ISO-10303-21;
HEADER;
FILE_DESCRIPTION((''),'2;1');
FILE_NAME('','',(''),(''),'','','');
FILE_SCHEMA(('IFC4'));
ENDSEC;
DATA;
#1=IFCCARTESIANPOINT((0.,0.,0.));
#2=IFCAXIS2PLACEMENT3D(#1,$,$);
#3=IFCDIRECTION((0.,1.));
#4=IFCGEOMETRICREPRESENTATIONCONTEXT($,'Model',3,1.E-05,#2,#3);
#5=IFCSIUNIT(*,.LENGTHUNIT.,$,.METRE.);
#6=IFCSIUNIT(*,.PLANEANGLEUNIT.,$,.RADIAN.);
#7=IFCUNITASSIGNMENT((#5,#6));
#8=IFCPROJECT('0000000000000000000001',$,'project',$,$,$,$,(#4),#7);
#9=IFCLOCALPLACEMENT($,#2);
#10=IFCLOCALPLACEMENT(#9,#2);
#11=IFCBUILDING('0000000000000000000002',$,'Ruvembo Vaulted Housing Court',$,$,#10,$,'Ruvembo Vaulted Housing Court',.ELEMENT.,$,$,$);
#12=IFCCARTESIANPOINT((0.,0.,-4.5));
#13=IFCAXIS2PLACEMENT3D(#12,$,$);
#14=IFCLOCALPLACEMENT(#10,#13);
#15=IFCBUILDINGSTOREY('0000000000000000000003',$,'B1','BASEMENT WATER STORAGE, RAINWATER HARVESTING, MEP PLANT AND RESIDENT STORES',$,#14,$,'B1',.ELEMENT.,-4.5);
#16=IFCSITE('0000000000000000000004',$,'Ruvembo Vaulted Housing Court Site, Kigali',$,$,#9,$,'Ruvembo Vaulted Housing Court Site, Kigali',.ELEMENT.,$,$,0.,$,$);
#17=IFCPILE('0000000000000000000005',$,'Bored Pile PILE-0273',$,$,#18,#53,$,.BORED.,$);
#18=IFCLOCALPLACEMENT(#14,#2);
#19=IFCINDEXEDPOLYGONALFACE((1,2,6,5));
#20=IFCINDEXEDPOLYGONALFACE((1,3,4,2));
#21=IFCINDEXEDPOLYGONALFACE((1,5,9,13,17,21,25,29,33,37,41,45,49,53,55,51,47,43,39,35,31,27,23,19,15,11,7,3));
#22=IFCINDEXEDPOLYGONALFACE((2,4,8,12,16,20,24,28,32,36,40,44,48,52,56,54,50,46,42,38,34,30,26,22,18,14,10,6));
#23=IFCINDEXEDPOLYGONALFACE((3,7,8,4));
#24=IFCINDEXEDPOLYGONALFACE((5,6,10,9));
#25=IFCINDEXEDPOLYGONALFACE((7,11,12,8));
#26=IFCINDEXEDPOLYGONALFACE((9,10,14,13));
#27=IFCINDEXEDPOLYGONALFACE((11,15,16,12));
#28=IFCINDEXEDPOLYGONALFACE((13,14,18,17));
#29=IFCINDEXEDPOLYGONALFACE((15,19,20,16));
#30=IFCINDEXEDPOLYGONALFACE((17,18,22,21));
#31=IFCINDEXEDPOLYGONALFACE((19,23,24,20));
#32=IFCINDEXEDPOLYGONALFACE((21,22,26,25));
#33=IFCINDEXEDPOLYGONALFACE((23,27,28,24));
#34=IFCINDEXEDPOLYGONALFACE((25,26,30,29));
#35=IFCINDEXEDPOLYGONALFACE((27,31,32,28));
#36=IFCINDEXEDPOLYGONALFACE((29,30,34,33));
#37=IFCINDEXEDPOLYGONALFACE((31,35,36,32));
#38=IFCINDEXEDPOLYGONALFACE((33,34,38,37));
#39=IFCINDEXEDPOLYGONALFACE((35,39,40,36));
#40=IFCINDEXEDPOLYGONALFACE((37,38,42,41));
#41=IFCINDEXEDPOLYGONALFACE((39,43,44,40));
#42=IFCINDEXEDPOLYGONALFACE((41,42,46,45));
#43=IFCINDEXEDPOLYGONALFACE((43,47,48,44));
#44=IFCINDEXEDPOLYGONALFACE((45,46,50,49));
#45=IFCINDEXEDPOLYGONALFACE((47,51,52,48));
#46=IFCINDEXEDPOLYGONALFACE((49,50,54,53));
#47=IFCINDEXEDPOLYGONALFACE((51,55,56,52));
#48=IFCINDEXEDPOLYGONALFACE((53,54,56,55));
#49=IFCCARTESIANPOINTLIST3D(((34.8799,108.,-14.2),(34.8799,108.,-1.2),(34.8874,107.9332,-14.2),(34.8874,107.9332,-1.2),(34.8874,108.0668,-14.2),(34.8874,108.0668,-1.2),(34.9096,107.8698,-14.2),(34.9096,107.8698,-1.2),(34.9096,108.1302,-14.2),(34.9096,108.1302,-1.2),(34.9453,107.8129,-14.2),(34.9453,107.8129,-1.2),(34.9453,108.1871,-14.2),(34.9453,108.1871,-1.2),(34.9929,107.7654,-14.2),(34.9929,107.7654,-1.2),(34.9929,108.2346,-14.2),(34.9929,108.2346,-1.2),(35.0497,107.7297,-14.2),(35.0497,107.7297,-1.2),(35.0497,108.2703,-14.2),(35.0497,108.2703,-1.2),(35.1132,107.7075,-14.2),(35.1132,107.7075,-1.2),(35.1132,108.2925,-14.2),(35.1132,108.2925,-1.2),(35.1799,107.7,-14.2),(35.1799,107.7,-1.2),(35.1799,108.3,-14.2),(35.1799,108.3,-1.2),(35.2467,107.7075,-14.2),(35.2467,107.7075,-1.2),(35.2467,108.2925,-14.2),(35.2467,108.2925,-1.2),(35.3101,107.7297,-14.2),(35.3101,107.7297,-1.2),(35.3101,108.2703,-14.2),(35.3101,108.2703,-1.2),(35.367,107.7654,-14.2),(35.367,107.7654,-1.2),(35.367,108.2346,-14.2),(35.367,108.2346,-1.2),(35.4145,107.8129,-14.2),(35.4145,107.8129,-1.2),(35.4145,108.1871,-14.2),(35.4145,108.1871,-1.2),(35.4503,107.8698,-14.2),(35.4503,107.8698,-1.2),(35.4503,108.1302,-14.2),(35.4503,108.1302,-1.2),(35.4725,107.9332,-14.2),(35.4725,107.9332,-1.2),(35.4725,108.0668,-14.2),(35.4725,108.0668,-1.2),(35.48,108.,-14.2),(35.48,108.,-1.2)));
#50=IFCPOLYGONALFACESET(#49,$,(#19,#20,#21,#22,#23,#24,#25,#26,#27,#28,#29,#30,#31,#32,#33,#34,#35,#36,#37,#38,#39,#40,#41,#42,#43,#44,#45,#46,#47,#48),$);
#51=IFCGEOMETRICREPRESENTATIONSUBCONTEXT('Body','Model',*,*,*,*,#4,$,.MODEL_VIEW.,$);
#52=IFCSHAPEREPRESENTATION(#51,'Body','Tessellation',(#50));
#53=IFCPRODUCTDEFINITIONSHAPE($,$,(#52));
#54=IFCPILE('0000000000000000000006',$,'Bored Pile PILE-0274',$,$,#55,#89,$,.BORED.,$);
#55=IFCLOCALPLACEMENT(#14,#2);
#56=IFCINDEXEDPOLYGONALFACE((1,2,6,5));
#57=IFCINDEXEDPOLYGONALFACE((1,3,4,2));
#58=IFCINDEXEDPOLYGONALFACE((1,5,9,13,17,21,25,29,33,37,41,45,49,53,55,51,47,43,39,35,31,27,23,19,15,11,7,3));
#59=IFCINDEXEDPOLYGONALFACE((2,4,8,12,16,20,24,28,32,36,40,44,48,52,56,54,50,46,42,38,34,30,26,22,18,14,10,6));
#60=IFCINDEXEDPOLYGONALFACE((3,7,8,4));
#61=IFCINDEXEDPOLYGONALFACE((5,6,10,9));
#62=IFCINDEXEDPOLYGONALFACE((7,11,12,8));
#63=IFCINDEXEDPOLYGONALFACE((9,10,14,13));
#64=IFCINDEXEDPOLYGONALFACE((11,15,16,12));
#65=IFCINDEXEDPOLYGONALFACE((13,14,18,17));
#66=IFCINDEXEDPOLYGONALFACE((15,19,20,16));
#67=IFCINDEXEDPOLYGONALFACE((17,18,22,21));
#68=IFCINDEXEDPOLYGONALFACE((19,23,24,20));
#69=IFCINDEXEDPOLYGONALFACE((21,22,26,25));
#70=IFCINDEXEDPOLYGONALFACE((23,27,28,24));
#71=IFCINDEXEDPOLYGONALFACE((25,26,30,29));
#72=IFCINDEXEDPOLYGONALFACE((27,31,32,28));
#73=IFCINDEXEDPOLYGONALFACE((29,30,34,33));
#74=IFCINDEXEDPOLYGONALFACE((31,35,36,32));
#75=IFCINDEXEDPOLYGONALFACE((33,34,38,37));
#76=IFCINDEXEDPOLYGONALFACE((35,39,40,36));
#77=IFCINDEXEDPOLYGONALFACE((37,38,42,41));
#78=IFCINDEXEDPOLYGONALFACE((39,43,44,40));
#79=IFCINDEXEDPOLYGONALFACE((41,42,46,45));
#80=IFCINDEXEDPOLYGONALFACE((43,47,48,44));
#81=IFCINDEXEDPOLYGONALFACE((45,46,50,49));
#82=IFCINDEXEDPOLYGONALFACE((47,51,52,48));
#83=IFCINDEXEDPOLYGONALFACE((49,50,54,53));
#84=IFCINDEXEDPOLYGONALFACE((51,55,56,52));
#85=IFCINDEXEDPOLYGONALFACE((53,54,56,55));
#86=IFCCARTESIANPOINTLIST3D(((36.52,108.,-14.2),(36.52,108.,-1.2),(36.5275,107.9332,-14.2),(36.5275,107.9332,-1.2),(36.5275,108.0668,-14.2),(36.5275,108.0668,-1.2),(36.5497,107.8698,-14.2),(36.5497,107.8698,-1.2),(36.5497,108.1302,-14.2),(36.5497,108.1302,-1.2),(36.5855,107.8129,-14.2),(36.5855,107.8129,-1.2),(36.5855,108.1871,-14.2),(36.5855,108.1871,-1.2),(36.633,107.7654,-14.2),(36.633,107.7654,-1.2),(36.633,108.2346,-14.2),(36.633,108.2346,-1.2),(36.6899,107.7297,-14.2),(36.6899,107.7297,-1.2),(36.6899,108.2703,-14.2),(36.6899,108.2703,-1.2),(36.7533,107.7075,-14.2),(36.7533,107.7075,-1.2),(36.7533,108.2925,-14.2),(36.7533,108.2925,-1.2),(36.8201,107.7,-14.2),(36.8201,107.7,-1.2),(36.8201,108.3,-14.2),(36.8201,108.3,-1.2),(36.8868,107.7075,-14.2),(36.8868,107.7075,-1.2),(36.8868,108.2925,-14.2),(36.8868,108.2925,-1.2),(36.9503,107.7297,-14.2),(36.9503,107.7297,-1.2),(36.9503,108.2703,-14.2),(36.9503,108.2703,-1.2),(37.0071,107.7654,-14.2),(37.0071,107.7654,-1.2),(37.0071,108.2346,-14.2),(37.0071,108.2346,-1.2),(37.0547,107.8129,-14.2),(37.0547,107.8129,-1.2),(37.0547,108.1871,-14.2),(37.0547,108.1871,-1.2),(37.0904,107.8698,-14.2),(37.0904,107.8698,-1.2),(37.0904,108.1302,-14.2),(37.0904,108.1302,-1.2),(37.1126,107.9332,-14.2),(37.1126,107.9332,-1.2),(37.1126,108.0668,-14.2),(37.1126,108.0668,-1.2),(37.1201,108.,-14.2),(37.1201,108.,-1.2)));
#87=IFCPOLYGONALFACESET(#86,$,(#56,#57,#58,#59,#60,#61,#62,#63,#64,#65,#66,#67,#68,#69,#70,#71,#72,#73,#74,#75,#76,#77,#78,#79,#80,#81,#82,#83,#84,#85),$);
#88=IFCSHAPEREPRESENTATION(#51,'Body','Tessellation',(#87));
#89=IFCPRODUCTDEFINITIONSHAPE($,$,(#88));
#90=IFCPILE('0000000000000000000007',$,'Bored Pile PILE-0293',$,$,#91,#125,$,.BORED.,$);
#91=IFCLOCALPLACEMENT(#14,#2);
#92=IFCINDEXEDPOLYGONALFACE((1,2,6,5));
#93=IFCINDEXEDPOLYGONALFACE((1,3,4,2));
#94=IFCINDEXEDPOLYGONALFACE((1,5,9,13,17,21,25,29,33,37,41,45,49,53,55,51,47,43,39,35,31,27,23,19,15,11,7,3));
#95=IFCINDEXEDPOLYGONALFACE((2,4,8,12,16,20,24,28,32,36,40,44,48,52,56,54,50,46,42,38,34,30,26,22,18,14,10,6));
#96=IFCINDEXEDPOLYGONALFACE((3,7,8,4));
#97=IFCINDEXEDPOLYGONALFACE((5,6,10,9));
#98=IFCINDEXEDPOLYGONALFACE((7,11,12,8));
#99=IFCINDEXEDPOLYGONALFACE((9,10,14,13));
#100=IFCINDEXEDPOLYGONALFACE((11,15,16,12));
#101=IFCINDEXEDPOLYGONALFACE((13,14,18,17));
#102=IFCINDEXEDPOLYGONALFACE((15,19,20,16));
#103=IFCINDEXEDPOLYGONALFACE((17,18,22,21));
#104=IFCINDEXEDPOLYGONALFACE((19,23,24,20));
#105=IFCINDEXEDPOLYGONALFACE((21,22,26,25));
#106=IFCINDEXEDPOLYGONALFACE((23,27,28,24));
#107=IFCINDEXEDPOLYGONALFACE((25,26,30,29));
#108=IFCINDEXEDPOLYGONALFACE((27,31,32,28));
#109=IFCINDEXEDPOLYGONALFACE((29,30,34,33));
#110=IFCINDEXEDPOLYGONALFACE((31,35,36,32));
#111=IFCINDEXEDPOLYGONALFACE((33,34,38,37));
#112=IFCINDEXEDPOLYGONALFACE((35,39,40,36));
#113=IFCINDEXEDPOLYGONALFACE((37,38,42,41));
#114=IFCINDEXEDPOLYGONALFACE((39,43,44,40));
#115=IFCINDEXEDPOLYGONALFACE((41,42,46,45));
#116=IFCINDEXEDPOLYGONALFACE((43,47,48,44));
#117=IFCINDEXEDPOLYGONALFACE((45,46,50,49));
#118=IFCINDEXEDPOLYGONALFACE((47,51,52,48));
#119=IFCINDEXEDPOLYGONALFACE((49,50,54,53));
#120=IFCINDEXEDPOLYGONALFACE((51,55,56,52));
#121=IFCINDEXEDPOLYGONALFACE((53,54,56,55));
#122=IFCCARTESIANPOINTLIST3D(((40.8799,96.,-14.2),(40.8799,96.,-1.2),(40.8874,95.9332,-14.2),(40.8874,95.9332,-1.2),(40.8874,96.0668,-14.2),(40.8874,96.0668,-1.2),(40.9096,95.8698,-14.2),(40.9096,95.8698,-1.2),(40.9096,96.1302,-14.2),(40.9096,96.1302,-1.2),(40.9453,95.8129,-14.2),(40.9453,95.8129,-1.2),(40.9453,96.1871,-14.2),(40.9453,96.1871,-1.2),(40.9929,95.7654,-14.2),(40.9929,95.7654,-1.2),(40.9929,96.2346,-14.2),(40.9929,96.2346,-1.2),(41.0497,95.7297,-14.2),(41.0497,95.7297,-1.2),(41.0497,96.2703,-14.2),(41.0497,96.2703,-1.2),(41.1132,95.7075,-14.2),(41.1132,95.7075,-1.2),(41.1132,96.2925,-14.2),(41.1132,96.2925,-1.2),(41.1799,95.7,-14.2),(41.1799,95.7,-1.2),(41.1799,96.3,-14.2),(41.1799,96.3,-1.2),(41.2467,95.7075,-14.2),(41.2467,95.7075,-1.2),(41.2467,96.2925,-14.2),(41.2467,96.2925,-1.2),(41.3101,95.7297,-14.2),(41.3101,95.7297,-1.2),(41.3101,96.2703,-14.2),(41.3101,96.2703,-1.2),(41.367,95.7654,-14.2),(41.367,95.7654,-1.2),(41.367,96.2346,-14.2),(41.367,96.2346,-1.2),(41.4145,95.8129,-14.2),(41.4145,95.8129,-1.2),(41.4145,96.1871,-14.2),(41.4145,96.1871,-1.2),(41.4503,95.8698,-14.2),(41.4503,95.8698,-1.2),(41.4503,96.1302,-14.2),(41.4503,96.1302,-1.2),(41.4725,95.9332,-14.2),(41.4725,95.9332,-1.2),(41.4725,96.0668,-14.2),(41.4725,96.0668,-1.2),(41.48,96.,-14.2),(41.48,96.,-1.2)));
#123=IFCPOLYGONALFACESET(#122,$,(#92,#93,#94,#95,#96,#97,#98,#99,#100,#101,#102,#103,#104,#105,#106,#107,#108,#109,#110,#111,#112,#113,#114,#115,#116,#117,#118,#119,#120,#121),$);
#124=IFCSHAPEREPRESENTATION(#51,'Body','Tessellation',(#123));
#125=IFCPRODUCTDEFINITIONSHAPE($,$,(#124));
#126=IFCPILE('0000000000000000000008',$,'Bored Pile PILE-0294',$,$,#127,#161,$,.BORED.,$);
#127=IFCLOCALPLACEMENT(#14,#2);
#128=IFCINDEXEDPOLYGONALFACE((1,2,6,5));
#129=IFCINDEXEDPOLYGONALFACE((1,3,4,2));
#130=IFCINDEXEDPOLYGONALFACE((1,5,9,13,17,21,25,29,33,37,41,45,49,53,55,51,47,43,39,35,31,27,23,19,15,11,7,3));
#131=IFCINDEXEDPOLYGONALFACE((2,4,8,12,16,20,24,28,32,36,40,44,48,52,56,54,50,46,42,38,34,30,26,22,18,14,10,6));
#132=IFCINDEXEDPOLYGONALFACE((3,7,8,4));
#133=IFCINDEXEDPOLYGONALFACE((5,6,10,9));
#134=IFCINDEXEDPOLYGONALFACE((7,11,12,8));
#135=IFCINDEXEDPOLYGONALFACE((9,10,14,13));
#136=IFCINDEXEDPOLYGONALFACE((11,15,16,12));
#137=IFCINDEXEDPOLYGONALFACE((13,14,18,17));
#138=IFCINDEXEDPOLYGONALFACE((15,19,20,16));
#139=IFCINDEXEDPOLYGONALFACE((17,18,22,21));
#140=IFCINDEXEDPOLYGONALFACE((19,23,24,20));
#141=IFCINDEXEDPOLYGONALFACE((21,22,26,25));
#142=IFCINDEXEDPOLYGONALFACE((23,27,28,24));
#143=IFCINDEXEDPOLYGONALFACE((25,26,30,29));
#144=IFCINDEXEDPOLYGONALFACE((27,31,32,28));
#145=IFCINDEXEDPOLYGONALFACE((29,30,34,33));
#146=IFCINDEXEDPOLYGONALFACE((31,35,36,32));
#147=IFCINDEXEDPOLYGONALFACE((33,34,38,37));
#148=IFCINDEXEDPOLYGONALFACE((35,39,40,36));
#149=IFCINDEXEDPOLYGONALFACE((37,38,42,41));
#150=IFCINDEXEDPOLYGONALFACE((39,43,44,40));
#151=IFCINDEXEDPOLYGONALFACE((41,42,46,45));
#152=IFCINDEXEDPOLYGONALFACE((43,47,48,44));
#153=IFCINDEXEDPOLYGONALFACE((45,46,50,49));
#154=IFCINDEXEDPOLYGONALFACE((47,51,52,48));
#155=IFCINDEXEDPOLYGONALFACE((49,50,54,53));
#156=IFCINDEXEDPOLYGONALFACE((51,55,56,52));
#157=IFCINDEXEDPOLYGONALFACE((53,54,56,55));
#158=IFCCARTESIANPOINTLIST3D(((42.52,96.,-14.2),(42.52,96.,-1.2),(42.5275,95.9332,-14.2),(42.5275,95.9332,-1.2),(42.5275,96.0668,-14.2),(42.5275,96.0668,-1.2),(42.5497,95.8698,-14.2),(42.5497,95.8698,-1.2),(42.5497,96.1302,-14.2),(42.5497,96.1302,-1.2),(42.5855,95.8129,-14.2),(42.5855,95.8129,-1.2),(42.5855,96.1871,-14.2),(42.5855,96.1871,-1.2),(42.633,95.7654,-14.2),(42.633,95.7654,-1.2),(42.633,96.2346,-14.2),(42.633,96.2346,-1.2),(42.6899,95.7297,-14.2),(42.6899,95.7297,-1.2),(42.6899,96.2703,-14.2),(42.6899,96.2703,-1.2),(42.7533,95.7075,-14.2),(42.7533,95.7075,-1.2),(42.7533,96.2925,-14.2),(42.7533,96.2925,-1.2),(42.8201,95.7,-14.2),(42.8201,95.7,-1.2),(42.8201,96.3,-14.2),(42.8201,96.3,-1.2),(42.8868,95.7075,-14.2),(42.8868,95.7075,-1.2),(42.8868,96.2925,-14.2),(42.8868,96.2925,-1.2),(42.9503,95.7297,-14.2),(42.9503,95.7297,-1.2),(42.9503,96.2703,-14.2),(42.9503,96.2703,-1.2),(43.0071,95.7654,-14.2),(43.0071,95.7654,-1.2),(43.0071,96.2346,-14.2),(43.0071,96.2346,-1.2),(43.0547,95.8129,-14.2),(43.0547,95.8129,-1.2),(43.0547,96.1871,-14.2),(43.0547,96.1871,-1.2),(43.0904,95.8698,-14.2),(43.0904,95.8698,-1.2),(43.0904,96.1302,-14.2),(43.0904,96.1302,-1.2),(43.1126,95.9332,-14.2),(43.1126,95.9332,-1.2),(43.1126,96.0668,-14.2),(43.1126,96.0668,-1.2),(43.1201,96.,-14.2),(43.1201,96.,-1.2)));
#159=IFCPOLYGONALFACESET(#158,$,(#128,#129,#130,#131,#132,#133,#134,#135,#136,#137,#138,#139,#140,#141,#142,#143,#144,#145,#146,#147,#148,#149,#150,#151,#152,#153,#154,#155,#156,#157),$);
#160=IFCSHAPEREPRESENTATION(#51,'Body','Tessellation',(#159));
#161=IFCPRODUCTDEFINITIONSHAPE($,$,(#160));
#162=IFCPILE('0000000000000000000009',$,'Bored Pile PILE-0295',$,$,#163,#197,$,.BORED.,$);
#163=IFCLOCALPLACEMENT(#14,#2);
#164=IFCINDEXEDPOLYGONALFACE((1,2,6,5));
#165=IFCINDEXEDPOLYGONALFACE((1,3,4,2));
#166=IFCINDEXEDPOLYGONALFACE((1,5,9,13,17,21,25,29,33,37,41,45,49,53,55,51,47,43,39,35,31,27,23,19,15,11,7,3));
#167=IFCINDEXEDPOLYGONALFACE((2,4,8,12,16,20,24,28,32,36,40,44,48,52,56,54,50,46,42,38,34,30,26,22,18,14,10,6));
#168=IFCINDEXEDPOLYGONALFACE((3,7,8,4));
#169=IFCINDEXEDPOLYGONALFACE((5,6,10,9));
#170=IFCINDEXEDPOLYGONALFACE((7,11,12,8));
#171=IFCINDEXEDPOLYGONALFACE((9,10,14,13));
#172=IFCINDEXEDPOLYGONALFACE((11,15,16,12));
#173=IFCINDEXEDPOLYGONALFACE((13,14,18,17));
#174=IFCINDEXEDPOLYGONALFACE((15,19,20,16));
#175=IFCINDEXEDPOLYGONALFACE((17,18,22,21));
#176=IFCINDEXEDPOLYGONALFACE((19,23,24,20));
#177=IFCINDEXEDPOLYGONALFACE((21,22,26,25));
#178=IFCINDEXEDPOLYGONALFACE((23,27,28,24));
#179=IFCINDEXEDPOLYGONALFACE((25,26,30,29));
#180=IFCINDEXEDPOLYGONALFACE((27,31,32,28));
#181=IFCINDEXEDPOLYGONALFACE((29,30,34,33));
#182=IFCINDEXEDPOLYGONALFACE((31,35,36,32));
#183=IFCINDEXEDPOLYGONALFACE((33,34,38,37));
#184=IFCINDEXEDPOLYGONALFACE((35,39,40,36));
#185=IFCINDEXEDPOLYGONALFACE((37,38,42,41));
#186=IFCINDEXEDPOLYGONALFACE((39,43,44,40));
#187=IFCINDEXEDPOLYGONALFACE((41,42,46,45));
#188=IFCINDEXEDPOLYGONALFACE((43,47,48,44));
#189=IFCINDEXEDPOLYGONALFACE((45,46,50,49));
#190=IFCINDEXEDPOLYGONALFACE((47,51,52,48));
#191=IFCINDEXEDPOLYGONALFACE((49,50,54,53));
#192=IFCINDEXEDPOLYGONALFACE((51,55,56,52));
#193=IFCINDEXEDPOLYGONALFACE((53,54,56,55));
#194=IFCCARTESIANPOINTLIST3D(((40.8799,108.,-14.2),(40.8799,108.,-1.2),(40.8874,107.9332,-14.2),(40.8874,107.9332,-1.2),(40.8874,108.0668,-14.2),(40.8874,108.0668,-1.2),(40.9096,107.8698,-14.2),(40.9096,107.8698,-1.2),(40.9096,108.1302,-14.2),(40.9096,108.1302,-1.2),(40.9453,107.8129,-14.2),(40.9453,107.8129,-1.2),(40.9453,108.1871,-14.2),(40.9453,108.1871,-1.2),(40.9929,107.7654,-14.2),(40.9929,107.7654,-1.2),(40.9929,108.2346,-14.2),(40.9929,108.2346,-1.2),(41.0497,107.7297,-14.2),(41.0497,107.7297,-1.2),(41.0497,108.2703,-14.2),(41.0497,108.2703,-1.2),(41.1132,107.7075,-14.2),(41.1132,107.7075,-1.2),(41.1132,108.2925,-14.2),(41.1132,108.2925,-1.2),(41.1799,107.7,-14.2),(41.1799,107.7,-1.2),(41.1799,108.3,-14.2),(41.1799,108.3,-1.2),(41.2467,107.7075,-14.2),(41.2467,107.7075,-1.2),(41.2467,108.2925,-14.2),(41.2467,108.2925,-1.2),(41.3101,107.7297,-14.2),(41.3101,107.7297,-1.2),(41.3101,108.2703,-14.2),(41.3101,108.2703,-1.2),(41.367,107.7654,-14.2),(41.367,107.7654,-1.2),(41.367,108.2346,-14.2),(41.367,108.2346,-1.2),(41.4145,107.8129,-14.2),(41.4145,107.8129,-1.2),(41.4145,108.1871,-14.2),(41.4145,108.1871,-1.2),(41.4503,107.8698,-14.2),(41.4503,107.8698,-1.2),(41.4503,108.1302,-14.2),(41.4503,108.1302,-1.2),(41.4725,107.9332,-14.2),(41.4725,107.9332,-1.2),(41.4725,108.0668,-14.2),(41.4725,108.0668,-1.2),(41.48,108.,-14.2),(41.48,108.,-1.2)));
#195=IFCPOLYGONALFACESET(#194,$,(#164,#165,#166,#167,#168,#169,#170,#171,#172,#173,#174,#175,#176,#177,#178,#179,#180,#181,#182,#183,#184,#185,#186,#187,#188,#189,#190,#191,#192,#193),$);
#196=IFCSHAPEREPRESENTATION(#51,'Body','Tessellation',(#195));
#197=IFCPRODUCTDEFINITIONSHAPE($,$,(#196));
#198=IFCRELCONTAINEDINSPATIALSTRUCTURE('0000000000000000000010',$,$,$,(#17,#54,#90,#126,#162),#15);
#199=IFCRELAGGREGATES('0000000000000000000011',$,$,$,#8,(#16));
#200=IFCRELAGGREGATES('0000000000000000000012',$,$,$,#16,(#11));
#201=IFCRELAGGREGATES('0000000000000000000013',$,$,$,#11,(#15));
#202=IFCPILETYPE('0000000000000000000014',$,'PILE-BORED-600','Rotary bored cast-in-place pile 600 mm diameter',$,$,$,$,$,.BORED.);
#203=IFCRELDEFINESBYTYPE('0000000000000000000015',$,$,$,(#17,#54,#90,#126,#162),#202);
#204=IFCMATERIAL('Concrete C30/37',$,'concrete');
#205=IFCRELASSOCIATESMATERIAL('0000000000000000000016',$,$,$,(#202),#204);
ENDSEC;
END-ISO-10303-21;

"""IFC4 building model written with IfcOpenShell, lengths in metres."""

from ifc_helpers import new_model, si_unit, direction, frame, origin, origin_2d, place, context, subcontext, project, spatial, circle, extrude, material, material_profile, profile_set, type_object, element, save


model = new_model("IFC4")

# Units and contexts
model_context = context("Model", 3, precision=1e-05, world=origin(), true_north=direction((0.0, 1.0)))
body_context = subcontext(model_context, "Body", "Model", "MODEL_VIEW")
ifc_project = project(units=[si_unit("LENGTHUNIT", "METRE"), si_unit("PLANEANGLEUNIT", "RADIAN")], contexts=[model_context])

# Site, building, storey
site_placement = place(None, origin())
site = spatial("IfcSite", under=ifc_project, at=site_placement, Name="Ruvembo Vaulted Housing Court Site, Kigali", LongName="Ruvembo Vaulted Housing Court Site, Kigali", CompositionType="ELEMENT", RefElevation=0.0)
building_placement = place(site_placement, origin())
building = spatial("IfcBuilding", under=site, at=building_placement, Name="Ruvembo Vaulted Housing Court", LongName="Ruvembo Vaulted Housing Court", CompositionType="ELEMENT")
storey_placement = place(building_placement, frame((0.0, 0.0, -4.5)))
storey = spatial("IfcBuildingStorey", under=building, at=storey_placement, Name="B1", Description="BASEMENT WATER STORAGE, RAINWATER HARVESTING, MEP PLANT AND RESIDENT STORES", LongName="B1", CompositionType="ELEMENT", Elevation=-4.5)

# Piles
ifc_material_1 = material(Name="Concrete C30/37", Category="concrete")
ifc_material_profile_1 = material_profile(ifc_material_1, circle(Radius=0.3, at=origin_2d()), Name="PILE D600")
ifc_profile_set_1 = profile_set([ifc_material_profile_1], Name="Concrete C30/37")
pile_type = type_object("IfcPileType", Name="PILE-BORED-600", Description="Rotary bored cast-in-place pile 600 mm diameter", PredefinedType="BORED", material=ifc_profile_set_1)
for number, where, z_axis, x_axis, name in (
    (1, (35.1799, 108.0, -1.2), (0.0, 0.0, -1.0), (1.0, 0.0, 0.0), "Bored Pile PILE-0273"),
    (2, (36.8201, 108.0, -1.2), (0.0, 0.0, -1.0), (1.0, 0.0, 0.0), "Bored Pile PILE-0274"),
    (3, (41.1799, 96.0, -1.2), (0.0, 0.0, -1.0), (1.0, 0.0, 0.0), "Bored Pile PILE-0293"),
    (4, (42.8201, 96.0, -1.2), (0.0, 0.0, -1.0), (1.0, 0.0, 0.0), "Bored Pile PILE-0294"),
    (5, (41.1799, 108.0, -1.2), (0.0, 0.0, -1.0), (1.0, 0.0, 0.0), "Bored Pile PILE-0295"),
):
    element("IfcPile", number, at=place(storey_placement, frame(where, z_axis=z_axis, x_axis=x_axis)), inside=storey, type_object=pile_type, Name=name, PredefinedType="BORED", context=body_context, shape_type="SweptSolid", body=[
        extrude(circle(Radius=0.3, at=origin_2d()), origin(), (0.0, 0.0, 1.0), 13.0),
    ])

save(model, "model.ifc")
